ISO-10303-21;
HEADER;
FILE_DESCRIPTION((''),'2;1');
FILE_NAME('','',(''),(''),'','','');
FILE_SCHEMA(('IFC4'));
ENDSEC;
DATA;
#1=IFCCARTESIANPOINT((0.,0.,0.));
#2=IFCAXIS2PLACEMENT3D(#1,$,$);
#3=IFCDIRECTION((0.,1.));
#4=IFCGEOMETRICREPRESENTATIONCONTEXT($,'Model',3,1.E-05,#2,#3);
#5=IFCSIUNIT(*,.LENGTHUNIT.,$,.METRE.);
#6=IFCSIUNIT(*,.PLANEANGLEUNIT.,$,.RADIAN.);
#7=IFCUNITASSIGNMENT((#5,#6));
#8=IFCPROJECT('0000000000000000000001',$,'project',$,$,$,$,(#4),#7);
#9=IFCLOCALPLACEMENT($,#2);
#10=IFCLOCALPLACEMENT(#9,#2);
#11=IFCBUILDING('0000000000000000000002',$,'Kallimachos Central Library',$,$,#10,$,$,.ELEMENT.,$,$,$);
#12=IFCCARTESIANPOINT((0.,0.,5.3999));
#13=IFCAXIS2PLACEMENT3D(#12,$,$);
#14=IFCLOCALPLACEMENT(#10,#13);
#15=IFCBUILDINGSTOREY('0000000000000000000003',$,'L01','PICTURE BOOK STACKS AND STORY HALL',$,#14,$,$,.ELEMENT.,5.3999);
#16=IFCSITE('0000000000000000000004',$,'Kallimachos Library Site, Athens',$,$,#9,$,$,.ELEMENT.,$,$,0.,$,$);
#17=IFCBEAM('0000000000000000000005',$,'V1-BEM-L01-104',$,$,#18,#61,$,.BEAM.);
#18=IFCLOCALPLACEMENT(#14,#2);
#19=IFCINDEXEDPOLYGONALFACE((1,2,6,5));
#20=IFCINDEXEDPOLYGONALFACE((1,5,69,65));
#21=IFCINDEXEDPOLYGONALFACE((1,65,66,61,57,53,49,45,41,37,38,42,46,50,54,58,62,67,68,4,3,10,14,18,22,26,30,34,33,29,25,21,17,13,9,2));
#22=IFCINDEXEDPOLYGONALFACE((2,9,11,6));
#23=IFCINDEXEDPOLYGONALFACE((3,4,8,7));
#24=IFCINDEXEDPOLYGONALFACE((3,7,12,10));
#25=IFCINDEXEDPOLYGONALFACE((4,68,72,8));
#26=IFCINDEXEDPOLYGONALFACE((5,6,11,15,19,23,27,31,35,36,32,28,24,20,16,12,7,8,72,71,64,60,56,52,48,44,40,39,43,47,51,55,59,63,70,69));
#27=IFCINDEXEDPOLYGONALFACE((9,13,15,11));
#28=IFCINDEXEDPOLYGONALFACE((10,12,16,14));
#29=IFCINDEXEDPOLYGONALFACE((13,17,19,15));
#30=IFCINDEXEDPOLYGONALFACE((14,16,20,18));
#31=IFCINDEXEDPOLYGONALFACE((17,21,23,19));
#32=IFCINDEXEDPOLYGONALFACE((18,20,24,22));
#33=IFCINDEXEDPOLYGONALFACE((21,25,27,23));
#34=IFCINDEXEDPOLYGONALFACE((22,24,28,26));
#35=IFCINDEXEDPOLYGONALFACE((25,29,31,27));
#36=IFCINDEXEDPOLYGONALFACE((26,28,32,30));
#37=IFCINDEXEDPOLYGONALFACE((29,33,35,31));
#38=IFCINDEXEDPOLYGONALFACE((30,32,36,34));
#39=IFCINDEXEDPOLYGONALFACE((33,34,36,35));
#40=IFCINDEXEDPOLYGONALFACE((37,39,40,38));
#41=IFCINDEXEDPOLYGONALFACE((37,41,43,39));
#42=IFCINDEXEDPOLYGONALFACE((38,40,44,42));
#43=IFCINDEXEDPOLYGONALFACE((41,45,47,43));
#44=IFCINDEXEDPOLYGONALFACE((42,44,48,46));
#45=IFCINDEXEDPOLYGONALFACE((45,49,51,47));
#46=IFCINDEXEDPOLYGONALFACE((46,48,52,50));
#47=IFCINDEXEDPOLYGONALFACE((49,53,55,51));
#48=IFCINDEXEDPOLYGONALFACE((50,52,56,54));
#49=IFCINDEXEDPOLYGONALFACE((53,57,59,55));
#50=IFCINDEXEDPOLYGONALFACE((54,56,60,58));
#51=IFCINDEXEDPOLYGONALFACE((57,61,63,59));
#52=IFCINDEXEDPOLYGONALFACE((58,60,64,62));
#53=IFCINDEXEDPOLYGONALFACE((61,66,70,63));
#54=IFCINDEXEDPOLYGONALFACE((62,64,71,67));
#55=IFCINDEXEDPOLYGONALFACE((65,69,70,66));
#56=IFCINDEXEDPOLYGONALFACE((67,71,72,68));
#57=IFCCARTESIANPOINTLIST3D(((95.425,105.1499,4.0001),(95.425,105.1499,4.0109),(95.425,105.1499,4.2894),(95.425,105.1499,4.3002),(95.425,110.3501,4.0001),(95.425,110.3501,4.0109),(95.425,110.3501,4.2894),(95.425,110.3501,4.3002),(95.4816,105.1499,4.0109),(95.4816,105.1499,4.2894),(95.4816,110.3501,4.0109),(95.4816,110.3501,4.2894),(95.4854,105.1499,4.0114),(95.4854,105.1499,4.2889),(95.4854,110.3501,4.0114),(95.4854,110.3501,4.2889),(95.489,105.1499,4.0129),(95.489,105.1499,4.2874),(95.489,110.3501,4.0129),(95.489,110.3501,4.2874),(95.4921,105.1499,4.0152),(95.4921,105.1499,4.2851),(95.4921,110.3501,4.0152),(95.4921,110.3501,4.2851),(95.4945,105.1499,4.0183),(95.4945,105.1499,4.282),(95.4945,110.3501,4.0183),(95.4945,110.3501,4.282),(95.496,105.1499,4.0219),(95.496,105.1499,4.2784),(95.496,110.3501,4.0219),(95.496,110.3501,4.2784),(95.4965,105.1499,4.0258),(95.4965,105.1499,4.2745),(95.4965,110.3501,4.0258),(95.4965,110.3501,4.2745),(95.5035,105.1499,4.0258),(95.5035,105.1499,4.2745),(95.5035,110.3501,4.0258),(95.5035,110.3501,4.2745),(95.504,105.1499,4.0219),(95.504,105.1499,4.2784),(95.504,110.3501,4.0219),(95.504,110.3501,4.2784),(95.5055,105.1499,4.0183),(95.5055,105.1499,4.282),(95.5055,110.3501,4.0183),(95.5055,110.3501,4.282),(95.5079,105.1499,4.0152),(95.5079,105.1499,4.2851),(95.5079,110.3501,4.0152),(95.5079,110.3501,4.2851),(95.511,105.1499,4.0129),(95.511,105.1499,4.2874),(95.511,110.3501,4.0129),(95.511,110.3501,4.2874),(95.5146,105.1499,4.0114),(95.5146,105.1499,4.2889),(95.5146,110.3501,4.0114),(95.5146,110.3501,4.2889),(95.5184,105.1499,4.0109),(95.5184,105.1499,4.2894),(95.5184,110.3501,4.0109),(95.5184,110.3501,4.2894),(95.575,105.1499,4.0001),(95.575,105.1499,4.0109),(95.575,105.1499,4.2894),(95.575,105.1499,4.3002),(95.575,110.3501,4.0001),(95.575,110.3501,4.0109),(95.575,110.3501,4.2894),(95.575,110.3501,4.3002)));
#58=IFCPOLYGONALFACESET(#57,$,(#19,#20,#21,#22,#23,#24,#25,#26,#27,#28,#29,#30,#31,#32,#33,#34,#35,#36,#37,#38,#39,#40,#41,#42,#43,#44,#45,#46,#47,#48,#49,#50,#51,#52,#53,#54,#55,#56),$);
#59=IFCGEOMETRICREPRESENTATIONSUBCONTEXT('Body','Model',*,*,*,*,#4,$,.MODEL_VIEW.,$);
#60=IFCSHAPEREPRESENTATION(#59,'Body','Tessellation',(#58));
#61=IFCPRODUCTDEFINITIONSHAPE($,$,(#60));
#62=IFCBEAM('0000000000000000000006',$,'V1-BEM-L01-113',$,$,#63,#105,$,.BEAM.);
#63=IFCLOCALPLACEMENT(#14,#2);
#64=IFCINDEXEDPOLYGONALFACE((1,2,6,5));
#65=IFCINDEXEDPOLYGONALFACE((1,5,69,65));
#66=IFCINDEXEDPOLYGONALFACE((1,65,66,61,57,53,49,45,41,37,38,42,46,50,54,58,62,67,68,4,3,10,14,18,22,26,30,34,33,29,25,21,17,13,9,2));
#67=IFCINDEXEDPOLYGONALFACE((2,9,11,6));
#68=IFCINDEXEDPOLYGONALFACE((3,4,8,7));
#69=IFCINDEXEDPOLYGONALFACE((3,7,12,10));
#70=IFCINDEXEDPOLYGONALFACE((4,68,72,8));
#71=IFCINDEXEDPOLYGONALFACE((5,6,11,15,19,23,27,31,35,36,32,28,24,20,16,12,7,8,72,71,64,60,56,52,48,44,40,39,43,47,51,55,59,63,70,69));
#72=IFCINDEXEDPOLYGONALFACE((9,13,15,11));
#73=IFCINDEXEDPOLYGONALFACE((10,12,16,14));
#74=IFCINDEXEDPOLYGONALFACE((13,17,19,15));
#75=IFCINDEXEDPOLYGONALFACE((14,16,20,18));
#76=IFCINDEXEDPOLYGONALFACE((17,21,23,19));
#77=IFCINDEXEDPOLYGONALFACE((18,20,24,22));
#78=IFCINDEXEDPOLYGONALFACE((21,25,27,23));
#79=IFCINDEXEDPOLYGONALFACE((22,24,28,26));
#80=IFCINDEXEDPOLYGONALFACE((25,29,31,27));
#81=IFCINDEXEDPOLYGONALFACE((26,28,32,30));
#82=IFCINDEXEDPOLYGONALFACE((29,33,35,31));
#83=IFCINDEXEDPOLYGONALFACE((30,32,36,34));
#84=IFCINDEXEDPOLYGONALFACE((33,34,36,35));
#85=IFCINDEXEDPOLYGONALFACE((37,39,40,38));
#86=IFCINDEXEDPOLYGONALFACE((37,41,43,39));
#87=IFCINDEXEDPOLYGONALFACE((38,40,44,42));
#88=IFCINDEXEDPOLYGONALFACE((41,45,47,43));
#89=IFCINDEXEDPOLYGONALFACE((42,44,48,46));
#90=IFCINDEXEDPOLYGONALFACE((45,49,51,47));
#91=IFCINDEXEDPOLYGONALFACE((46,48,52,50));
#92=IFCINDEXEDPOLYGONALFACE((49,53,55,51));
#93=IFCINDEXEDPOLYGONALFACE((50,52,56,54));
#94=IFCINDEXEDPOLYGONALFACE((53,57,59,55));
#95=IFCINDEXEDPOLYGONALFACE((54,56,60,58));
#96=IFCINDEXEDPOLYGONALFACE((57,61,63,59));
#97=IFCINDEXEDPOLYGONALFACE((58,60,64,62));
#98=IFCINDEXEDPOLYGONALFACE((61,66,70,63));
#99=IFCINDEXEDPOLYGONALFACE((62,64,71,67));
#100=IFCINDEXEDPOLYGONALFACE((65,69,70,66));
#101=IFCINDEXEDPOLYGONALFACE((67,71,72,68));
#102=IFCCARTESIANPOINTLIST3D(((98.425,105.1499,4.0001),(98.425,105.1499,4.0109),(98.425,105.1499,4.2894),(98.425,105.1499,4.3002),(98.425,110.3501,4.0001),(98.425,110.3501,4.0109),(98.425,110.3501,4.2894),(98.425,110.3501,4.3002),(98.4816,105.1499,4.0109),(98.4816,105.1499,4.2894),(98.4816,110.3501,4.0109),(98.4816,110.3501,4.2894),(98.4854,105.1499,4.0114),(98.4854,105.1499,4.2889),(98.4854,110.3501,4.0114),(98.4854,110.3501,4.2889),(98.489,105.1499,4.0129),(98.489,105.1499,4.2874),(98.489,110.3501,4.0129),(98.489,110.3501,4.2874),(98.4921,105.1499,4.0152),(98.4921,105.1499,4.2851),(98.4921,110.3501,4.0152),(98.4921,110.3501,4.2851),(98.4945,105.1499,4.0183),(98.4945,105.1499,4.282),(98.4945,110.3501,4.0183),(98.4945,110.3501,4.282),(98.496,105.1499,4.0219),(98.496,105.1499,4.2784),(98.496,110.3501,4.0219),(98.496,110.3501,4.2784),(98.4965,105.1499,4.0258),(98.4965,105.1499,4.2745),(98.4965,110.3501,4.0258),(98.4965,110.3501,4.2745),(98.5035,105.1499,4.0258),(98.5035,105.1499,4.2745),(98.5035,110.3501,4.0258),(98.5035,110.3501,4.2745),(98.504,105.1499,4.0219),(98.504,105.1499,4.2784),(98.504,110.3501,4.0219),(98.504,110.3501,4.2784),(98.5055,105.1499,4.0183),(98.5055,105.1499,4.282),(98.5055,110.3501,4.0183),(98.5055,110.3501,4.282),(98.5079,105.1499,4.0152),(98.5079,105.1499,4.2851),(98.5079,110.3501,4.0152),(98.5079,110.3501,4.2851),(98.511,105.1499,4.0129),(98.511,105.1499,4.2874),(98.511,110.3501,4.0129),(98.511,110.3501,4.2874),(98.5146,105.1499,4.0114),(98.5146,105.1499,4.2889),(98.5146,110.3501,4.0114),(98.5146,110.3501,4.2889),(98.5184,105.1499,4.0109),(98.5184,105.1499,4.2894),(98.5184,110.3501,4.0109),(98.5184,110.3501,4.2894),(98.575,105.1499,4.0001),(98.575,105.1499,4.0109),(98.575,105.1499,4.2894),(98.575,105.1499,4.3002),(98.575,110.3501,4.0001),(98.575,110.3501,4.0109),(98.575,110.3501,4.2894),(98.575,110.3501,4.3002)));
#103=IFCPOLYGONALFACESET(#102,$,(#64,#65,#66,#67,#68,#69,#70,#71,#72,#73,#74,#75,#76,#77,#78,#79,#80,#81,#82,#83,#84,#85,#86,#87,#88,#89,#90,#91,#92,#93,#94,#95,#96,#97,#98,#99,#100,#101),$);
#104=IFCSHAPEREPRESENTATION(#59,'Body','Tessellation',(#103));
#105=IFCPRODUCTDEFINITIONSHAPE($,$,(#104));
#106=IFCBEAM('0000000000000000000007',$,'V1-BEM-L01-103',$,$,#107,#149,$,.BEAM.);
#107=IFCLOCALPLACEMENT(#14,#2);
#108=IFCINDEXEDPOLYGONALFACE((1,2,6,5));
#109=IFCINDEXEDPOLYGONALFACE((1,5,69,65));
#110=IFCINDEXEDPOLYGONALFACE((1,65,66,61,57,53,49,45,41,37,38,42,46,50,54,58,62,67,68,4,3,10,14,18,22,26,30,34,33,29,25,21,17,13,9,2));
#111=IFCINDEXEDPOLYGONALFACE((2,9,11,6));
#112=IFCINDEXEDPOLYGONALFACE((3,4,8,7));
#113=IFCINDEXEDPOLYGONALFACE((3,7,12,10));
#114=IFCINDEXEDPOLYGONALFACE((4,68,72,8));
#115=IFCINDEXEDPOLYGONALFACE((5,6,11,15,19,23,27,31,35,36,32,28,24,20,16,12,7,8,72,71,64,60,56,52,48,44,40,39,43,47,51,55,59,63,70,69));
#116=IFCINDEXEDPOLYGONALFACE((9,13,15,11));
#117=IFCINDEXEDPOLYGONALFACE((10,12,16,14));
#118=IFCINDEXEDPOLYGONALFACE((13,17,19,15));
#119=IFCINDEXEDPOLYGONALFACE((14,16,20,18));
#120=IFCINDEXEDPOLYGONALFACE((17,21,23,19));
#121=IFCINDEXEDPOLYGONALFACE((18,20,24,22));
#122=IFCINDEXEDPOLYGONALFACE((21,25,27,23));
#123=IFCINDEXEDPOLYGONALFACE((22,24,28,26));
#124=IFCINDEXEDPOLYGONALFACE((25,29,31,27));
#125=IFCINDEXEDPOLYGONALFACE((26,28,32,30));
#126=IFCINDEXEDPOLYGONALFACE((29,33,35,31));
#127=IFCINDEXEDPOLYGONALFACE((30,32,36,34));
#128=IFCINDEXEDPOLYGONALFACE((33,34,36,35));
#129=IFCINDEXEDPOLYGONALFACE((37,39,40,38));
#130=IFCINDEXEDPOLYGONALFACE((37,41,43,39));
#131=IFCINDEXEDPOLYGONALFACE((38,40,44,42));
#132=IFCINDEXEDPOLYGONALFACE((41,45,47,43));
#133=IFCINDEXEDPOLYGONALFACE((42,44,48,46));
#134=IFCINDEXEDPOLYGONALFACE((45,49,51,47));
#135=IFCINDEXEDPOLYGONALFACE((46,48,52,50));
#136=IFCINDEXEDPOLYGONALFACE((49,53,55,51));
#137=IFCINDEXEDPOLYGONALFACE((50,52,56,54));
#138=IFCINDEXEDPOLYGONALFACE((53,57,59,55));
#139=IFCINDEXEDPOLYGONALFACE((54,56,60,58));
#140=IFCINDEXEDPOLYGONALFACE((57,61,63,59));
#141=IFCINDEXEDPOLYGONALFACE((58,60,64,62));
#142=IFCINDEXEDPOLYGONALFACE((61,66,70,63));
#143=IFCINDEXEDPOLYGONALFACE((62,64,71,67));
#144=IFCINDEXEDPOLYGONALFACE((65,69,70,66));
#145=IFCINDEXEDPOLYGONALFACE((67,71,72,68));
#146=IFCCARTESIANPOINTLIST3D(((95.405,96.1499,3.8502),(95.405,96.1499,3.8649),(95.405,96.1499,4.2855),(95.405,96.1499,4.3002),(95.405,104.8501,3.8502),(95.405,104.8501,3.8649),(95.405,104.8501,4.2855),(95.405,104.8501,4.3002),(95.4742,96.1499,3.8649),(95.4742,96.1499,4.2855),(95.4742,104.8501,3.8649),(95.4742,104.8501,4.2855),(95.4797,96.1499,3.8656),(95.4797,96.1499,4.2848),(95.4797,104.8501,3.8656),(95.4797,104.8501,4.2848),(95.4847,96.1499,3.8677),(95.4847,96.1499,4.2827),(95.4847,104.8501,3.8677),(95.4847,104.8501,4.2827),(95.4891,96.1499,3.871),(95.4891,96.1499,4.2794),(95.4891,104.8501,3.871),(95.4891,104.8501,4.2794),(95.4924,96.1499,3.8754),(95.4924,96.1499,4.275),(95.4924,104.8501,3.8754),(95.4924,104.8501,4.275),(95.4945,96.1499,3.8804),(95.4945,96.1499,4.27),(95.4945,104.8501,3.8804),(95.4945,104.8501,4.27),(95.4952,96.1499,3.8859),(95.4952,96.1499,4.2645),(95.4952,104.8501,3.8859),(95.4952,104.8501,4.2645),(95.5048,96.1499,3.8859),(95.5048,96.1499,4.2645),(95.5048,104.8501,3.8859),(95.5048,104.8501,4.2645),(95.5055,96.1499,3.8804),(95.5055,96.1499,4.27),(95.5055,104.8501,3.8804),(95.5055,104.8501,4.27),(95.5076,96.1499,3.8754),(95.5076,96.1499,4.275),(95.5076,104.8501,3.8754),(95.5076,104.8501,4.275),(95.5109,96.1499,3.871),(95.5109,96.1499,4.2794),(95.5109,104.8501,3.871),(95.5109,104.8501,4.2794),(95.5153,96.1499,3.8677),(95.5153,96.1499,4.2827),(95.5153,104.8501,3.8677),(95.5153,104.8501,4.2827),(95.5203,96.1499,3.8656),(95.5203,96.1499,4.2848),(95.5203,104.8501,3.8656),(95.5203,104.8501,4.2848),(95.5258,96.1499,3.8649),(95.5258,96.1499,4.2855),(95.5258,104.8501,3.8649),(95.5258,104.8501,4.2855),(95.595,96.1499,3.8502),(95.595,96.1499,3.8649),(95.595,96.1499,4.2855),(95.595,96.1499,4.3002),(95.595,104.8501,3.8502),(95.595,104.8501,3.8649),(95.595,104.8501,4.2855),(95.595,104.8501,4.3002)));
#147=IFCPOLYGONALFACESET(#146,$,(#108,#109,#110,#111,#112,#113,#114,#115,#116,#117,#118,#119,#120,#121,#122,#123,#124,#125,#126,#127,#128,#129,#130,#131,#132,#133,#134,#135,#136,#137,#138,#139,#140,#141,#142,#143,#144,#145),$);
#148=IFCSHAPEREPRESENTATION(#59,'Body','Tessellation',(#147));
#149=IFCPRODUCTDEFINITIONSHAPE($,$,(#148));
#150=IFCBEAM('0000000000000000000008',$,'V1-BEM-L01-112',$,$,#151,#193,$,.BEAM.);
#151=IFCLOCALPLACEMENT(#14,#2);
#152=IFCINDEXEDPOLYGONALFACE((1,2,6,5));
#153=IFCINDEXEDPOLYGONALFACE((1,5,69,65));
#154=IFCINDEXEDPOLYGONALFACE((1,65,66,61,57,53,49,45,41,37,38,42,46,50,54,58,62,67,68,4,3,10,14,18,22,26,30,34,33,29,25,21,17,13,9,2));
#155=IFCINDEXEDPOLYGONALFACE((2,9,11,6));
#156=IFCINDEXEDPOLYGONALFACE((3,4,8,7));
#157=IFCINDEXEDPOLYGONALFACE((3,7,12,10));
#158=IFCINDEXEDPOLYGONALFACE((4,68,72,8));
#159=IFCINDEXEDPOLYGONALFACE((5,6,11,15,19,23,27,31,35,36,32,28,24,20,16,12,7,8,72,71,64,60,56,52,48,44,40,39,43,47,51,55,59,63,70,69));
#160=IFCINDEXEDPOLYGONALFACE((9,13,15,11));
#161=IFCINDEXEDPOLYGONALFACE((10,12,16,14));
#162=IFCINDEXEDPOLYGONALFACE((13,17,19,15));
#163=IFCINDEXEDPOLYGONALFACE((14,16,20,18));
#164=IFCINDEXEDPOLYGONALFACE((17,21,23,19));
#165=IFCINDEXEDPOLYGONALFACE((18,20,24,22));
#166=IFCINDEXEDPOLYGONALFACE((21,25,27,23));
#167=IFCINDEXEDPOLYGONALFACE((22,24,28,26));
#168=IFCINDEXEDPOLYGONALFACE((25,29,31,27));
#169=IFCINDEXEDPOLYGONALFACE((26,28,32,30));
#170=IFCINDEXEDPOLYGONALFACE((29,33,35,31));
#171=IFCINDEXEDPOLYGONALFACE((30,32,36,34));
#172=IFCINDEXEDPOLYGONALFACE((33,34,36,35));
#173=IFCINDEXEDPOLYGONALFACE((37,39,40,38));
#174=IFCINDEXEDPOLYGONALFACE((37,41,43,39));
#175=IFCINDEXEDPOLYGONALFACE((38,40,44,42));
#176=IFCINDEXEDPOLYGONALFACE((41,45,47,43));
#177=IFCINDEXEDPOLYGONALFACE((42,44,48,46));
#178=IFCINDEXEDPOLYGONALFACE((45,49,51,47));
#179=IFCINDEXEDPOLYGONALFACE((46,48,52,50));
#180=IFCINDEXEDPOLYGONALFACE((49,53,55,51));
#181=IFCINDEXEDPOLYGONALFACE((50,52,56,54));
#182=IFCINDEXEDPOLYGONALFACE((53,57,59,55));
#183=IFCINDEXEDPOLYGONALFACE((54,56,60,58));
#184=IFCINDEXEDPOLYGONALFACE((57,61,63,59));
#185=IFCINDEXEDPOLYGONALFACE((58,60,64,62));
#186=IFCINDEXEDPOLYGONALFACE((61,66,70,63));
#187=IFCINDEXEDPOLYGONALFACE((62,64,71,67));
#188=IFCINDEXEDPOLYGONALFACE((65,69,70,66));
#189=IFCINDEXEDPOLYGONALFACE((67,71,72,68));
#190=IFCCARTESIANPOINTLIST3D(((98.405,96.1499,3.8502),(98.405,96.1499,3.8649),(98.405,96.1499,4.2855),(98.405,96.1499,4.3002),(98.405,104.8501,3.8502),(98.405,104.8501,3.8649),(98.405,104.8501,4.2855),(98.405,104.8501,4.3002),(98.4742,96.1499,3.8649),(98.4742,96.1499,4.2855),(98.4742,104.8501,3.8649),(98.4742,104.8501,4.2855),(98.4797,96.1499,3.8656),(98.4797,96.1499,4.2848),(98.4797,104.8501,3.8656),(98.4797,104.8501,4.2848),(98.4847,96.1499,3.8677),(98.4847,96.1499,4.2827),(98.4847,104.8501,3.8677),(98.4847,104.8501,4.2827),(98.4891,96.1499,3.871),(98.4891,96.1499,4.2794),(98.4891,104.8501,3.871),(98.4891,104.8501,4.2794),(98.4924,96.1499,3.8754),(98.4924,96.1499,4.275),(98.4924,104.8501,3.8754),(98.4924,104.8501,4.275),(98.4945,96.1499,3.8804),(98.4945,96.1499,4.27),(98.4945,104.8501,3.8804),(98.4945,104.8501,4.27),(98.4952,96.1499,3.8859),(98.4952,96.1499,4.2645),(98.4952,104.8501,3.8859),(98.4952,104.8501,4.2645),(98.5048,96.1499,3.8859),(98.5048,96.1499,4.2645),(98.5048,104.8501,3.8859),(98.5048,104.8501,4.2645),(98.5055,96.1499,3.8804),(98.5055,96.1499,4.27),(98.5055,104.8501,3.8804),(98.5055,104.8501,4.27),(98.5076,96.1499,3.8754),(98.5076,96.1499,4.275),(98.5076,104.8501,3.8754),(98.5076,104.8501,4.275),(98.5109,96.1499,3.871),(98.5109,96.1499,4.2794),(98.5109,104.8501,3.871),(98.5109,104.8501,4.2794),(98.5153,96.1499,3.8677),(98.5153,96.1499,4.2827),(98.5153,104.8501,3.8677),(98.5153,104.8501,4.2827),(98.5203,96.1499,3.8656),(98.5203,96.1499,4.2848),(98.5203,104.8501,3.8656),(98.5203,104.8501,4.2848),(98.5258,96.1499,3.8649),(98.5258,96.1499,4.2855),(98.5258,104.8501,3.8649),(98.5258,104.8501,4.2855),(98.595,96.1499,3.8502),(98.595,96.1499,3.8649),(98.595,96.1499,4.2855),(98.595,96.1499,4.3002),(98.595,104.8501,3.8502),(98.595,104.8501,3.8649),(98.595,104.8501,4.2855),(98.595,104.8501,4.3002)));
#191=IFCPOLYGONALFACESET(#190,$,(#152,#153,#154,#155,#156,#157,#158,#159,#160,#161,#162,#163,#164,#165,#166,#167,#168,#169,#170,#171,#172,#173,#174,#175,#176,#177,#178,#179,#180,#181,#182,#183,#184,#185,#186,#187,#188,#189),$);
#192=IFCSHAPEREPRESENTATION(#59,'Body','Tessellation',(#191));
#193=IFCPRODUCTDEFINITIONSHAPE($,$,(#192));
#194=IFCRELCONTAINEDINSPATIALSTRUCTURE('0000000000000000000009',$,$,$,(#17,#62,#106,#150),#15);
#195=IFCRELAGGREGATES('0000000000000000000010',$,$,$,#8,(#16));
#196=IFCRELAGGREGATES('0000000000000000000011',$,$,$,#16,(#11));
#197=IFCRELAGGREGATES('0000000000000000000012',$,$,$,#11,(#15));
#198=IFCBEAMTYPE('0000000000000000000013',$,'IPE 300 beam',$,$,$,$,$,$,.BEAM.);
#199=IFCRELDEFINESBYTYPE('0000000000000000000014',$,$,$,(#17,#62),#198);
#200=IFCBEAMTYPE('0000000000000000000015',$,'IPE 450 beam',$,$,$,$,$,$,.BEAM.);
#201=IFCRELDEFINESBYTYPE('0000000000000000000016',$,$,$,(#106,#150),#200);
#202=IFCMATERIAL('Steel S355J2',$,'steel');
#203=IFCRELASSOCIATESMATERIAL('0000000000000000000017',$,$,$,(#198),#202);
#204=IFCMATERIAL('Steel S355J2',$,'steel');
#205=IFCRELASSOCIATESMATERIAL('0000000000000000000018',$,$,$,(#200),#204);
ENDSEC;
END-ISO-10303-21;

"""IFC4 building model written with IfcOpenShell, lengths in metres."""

from ifc_helpers import new_model, si_unit, direction, frame, origin, origin_2d, place, context, subcontext, project, spatial, i_section, extrude, material, material_profile, profile_set, type_object, element, save


model = new_model("IFC4")

# Units and contexts
model_context = context("Model", 3, precision=1e-05, world=origin(), true_north=direction((0.0, 1.0)))
body_context = subcontext(model_context, "Body", "Model", "MODEL_VIEW")
ifc_project = project(units=[si_unit("LENGTHUNIT", "METRE"), si_unit("PLANEANGLEUNIT", "RADIAN")], contexts=[model_context])

# Site, building, storey
site_placement = place(None, origin())
site = spatial("IfcSite", under=ifc_project, at=site_placement, Name="Kallimachos Library Site, Athens", CompositionType="ELEMENT", RefElevation=0.0)
building_placement = place(site_placement, origin())
building = spatial("IfcBuilding", under=site, at=building_placement, Name="Kallimachos Central Library", CompositionType="ELEMENT")
storey_placement = place(building_placement, frame((0.0, 0.0, 5.3999)))
storey = spatial("IfcBuildingStorey", under=building, at=storey_placement, Name="L01", Description="PICTURE BOOK STACKS AND STORY HALL", CompositionType="ELEMENT", Elevation=5.3999)

# Beams
ifc_material_1 = material(Name="Steel S355J2", Category="steel")
ifc_material_profile_1 = material_profile(ifc_material_1, i_section(OverallWidth=0.1499, OverallDepth=0.3, WebThickness=0.0071, FlangeThickness=0.0107, FilletRadius=0.0149, at=origin_2d()), Name="IPE 300")
ifc_profile_set_1 = profile_set([ifc_material_profile_1], Name="Steel S355J2")
beam_type_1 = type_object("IfcBeamType", Name="IPE 300 beam", PredefinedType="BEAM", material=ifc_profile_set_1)
for number, where, z_axis, x_axis, name in (
    (1, (95.5, 105.1499, 4.1501), (0.0, 1.0, 0.0), (-1.0, 0.0, 0.0), "V1-BEM-L01-104"),
    (2, (98.5, 105.1499, 4.1501), (0.0, 1.0, 0.0), (-1.0, 0.0, 0.0), "V1-BEM-L01-113"),
):
    element("IfcBeam", number, at=place(storey_placement, frame(where, z_axis=z_axis, x_axis=x_axis)), inside=storey, type_object=beam_type_1, Name=name, PredefinedType="BEAM", context=body_context, shape_type="SweptSolid", body=[
        extrude(i_section(OverallWidth=0.1499, OverallDepth=0.3, WebThickness=0.0071, FlangeThickness=0.0107, FilletRadius=0.0149, at=origin_2d()), origin(), (0.0, 0.0, 1.0), 5.2002),
    ])
ifc_material_2 = material(Name="Steel S355J2", Category="steel")
ifc_material_profile_2 = material_profile(ifc_material_2, i_section(OverallWidth=0.1899, OverallDepth=0.45, WebThickness=0.0095, FlangeThickness=0.0146, FilletRadius=0.021, at=origin_2d()), Name="IPE 450")
ifc_profile_set_2 = profile_set([ifc_material_profile_2], Name="Steel S355J2")
beam_type_2 = type_object("IfcBeamType", Name="IPE 450 beam", PredefinedType="BEAM", material=ifc_profile_set_2)
for number, where, z_axis, x_axis, name in (
    (3, (95.5, 96.1499, 4.0752), (0.0, 1.0, 0.0), (-1.0, 0.0, 0.0), "V1-BEM-L01-103"),
    (4, (98.5, 96.1499, 4.0752), (0.0, 1.0, 0.0), (-1.0, 0.0, 0.0), "V1-BEM-L01-112"),
):
    element("IfcBeam", number, at=place(storey_placement, frame(where, z_axis=z_axis, x_axis=x_axis)), inside=storey, type_object=beam_type_2, Name=name, PredefinedType="BEAM", context=body_context, shape_type="SweptSolid", body=[
        extrude(i_section(OverallWidth=0.1899, OverallDepth=0.45, WebThickness=0.0095, FlangeThickness=0.0146, FilletRadius=0.021, at=origin_2d()), origin(), (0.0, 0.0, 1.0), 8.7002),
    ])

save(model, "model.ifc")
